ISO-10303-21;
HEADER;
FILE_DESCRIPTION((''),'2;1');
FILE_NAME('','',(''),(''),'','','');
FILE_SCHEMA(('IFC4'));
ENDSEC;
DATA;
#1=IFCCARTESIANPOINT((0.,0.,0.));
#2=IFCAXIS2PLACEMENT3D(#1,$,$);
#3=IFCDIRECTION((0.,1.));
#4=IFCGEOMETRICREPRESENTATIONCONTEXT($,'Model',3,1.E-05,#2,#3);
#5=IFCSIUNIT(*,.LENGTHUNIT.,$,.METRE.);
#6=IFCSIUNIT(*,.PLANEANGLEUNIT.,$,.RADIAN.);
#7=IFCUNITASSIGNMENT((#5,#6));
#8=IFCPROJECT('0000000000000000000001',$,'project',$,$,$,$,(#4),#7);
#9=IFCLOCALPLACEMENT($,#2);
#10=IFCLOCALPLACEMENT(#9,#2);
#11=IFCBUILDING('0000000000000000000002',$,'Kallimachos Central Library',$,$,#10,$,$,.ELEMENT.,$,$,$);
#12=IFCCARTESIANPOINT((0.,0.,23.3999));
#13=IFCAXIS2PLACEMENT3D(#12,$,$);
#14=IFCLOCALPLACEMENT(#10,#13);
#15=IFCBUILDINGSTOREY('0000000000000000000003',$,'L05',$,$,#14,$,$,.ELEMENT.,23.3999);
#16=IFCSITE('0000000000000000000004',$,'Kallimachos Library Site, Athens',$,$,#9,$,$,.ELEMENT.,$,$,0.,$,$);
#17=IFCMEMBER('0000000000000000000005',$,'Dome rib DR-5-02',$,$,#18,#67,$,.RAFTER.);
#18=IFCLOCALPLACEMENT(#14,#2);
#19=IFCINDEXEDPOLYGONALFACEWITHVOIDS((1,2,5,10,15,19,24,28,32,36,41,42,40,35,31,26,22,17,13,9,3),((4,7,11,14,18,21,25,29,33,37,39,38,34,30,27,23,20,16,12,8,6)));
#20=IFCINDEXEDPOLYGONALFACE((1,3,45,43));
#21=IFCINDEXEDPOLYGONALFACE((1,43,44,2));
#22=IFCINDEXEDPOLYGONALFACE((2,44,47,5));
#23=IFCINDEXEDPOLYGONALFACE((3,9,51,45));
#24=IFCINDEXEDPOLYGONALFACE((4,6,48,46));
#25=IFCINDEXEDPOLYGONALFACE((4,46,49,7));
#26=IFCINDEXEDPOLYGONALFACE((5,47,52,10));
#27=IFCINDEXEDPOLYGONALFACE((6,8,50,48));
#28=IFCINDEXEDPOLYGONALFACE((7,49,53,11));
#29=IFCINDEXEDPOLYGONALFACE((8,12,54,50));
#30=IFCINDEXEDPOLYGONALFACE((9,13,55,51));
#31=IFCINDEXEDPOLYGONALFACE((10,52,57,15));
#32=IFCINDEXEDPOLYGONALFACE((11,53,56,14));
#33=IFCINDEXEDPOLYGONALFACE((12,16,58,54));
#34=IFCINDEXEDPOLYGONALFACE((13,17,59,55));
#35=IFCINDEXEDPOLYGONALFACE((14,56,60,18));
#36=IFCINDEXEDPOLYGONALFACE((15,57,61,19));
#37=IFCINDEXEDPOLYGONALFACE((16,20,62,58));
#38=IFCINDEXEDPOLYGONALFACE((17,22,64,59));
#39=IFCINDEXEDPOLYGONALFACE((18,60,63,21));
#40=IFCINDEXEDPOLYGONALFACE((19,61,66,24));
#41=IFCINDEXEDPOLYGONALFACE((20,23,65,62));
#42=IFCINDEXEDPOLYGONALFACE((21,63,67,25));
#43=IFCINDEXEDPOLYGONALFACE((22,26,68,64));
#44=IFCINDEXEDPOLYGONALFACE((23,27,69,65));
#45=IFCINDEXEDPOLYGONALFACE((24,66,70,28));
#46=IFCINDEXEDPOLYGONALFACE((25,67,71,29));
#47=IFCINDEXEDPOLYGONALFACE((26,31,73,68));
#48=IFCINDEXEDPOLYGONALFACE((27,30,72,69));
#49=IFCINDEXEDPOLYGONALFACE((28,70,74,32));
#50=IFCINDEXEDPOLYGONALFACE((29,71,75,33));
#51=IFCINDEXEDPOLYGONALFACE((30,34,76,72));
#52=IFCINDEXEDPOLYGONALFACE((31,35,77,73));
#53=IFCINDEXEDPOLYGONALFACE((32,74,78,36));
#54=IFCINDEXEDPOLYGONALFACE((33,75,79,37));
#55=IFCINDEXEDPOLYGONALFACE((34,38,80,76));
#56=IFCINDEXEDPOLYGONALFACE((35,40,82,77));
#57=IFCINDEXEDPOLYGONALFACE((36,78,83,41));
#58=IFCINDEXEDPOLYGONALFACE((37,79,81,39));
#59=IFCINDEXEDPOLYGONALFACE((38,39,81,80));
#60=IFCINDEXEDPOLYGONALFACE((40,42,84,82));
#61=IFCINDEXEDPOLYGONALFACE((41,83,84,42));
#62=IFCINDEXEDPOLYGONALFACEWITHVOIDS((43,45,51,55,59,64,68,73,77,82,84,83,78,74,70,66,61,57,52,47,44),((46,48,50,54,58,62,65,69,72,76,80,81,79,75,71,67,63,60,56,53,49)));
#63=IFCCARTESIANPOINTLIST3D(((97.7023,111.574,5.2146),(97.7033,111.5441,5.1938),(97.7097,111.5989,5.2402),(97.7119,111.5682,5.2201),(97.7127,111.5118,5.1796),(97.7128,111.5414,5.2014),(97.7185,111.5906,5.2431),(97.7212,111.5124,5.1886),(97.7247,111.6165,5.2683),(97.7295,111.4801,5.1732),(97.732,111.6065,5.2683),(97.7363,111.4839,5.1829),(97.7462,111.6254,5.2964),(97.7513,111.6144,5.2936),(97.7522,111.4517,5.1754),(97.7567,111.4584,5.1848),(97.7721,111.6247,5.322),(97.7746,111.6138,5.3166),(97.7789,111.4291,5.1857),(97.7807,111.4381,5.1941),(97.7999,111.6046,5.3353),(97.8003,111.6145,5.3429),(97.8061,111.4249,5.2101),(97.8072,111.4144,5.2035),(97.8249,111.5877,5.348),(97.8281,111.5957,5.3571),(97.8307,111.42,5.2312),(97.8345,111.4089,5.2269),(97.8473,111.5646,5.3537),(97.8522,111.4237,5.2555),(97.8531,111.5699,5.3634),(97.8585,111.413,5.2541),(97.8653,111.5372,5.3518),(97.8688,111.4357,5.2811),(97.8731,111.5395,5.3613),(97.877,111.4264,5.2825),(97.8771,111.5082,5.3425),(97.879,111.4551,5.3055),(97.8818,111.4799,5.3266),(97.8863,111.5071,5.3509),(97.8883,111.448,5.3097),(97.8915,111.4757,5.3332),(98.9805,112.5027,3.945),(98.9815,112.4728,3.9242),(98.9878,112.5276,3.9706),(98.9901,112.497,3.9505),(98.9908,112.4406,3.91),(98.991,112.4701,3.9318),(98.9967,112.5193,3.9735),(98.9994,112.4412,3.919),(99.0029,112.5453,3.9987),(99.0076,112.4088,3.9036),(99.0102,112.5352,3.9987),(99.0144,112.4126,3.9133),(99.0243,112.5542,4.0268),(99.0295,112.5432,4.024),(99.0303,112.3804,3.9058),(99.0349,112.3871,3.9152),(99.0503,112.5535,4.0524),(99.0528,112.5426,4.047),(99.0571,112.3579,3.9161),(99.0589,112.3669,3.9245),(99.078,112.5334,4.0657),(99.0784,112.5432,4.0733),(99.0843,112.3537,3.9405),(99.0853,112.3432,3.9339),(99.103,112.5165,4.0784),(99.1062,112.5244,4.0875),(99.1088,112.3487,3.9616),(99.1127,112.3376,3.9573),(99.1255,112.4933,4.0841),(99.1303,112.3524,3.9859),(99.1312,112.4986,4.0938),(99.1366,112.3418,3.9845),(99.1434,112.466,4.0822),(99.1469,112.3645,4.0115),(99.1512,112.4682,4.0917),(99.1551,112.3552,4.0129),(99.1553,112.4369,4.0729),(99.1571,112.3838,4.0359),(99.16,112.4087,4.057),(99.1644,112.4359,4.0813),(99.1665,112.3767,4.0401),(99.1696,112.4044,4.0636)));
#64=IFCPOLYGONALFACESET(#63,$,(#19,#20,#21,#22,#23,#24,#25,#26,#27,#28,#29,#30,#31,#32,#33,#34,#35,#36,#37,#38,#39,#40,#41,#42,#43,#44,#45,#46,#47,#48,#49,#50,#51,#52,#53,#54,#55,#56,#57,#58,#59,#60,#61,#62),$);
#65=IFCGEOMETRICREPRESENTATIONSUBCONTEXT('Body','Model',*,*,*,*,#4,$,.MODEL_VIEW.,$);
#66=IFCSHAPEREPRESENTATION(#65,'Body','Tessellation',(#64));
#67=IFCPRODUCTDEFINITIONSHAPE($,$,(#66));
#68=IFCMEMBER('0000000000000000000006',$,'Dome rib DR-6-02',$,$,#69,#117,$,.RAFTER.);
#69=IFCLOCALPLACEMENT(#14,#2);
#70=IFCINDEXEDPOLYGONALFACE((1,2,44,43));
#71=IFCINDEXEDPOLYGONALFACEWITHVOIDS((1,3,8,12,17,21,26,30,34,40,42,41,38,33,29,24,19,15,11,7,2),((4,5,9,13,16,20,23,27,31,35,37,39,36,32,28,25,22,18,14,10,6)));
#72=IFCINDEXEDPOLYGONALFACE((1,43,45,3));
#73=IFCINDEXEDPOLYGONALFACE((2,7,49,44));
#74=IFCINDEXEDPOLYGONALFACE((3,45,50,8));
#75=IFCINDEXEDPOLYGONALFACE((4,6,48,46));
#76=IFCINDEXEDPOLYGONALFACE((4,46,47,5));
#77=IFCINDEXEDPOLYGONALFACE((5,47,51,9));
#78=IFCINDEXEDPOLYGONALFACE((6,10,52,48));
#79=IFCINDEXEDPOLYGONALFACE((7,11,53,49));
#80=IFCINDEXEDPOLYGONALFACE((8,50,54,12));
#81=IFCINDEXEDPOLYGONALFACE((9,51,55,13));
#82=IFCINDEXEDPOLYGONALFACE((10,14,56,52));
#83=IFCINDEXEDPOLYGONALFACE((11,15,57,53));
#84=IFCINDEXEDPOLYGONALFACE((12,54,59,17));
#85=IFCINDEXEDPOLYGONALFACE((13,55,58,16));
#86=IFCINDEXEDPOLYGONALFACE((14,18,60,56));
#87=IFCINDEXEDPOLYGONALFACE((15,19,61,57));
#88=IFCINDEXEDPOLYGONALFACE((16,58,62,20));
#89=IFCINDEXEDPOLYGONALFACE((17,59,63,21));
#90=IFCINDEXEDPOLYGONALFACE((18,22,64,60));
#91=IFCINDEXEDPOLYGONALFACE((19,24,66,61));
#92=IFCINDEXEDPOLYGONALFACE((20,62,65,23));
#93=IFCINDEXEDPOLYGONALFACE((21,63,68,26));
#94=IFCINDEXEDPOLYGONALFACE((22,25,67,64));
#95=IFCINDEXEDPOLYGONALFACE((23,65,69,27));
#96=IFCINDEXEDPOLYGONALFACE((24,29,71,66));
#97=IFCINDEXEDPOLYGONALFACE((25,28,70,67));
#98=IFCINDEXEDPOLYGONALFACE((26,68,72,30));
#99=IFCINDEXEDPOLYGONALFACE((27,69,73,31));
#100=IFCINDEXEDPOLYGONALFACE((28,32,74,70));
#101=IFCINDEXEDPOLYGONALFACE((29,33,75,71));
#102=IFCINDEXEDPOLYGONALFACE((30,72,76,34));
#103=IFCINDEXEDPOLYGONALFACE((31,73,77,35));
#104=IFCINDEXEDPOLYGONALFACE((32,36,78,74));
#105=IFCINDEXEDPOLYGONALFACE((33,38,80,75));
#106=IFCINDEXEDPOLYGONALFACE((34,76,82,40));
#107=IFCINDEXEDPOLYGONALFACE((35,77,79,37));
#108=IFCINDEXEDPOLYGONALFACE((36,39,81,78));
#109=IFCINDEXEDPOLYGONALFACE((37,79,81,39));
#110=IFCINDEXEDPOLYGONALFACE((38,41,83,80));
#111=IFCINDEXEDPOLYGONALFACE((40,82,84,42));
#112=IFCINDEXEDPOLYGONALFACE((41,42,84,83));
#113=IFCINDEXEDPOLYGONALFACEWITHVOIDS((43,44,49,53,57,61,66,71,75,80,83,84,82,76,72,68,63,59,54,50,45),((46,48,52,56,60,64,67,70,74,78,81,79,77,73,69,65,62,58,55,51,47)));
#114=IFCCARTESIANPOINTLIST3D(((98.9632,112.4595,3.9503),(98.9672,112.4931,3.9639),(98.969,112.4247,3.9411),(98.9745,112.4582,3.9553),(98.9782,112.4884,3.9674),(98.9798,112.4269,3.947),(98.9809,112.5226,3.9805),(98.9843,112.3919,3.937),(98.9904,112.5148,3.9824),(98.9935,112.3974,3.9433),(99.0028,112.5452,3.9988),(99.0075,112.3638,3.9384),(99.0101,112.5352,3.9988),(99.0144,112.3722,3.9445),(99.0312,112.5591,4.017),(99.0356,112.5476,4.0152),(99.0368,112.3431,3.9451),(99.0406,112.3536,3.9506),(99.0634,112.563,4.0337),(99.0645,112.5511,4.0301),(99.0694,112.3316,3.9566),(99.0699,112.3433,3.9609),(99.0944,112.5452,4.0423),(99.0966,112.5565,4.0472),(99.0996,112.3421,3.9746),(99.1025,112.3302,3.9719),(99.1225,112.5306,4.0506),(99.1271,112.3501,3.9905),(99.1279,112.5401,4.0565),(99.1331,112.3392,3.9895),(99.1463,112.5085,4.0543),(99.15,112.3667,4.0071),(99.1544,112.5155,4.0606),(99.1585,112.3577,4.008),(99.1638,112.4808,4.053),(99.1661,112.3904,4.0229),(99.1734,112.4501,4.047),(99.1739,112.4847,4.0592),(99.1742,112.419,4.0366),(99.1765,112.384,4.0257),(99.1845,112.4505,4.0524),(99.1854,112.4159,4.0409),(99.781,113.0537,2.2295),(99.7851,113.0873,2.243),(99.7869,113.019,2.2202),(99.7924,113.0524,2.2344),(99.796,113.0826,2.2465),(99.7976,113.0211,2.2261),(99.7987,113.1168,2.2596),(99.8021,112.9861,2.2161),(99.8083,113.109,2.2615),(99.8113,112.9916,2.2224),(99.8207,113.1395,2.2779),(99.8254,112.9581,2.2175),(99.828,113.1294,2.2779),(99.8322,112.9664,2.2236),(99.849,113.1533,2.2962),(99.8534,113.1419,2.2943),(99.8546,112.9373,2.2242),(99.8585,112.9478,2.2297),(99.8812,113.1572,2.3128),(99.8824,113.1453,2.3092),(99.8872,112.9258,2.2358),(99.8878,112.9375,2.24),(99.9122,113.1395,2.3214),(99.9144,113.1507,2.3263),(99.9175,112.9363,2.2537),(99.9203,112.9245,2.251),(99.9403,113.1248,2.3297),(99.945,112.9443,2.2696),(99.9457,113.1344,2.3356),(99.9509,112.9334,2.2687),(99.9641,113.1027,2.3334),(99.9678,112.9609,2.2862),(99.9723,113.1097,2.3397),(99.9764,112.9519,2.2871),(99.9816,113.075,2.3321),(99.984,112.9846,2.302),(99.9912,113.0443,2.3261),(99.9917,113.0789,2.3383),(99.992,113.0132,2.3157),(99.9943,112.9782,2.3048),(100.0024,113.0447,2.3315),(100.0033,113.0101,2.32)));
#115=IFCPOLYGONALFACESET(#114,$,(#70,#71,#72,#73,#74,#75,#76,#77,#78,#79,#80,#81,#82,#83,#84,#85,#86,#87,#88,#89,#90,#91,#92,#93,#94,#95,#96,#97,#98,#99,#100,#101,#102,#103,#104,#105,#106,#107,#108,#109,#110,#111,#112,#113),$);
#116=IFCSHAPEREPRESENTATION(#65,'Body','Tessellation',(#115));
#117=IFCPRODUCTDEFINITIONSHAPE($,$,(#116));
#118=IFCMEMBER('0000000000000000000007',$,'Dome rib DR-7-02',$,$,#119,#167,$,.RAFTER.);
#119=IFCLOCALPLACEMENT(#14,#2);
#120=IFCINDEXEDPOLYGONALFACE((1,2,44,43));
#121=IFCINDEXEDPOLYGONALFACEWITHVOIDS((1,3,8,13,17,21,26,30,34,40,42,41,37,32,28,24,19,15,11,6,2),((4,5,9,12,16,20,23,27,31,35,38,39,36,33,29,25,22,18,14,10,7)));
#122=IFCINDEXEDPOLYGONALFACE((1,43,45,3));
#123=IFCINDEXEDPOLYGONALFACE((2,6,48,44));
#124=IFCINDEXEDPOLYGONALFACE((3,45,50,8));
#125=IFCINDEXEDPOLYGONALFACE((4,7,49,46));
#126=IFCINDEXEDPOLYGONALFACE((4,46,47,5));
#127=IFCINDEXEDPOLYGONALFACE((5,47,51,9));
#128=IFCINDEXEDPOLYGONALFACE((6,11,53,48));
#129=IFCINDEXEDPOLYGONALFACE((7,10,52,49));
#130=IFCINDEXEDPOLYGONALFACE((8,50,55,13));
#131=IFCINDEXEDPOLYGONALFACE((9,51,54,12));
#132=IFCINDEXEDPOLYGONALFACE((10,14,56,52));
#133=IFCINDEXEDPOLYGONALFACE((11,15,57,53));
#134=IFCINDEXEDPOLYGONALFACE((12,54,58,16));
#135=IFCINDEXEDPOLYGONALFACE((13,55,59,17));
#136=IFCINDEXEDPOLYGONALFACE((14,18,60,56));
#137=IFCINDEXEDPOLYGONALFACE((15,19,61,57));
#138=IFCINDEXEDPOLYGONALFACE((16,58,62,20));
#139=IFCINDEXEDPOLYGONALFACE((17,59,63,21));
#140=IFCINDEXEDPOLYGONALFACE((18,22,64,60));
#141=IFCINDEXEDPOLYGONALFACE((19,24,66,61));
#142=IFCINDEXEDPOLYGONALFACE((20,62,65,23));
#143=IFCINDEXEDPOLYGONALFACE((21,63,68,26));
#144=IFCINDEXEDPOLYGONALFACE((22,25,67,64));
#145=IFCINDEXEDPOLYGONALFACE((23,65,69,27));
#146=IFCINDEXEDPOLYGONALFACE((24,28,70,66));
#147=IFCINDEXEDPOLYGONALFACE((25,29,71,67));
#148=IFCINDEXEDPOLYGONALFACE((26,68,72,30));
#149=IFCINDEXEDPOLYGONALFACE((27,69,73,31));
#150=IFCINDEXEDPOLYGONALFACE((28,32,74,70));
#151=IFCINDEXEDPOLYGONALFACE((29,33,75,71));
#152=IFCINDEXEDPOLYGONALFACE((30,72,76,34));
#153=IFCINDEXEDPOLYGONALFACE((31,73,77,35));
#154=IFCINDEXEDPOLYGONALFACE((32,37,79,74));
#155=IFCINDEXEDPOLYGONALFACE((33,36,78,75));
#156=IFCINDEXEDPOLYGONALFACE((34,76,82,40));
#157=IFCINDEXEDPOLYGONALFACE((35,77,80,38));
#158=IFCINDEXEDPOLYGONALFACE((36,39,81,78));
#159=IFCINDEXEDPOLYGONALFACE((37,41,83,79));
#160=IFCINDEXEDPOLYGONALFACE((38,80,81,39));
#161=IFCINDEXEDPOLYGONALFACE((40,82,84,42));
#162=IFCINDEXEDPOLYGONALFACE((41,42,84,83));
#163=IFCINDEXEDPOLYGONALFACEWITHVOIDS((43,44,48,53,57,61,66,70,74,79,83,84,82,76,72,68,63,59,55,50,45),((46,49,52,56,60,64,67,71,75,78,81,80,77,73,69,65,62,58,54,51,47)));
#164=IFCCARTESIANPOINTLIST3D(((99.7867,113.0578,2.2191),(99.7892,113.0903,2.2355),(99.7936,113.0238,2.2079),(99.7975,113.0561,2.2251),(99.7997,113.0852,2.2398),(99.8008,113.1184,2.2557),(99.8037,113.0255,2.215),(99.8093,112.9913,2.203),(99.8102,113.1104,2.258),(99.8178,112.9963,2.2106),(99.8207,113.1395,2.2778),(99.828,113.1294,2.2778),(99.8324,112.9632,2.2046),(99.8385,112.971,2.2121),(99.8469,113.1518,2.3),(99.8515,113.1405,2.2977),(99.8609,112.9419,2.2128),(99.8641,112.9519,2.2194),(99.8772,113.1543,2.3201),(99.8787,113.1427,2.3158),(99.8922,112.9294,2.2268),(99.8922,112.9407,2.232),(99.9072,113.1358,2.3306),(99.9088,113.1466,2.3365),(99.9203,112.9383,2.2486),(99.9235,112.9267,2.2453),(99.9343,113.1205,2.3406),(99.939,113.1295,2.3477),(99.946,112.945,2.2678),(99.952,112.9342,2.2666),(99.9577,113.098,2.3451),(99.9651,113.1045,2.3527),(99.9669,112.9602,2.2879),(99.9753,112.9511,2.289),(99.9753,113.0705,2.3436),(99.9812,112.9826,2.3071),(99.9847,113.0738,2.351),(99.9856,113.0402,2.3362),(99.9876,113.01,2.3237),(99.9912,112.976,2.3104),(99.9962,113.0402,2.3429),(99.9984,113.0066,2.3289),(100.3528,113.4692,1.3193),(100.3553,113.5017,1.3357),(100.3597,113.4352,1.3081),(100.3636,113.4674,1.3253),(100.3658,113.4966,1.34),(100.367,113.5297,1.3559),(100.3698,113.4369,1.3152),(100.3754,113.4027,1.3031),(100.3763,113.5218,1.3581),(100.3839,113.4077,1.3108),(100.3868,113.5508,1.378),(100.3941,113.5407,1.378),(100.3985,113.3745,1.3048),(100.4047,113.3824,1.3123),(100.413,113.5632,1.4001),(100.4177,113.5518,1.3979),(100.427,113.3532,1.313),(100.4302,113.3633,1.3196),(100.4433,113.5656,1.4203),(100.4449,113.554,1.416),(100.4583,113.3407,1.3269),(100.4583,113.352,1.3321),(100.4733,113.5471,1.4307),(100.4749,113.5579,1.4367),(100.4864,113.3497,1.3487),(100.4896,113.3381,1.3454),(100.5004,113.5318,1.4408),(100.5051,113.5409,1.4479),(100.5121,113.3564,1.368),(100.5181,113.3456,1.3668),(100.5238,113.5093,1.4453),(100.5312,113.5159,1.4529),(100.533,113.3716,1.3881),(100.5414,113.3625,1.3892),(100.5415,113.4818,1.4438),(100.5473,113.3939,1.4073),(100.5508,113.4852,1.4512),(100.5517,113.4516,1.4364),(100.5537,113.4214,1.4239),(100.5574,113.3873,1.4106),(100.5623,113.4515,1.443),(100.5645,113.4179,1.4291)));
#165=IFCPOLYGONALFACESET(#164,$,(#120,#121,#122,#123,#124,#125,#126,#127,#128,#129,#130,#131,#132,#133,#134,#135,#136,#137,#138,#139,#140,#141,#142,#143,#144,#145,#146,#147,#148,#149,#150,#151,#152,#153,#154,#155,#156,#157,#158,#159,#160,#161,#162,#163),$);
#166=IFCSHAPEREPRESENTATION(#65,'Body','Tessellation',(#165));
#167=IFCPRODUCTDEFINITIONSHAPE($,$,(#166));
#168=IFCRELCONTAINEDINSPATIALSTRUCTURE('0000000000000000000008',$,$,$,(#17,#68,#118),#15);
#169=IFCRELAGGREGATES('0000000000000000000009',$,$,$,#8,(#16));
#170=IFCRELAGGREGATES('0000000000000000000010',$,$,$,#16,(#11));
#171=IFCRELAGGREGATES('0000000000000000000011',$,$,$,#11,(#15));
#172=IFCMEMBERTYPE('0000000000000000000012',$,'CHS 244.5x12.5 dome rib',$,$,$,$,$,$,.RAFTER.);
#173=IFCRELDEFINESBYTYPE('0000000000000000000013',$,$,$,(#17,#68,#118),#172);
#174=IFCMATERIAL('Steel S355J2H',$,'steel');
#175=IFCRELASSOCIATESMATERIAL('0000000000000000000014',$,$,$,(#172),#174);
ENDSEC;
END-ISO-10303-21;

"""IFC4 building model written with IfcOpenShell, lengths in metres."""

from ifc_helpers import new_model, si_unit, direction, frame, origin, origin_2d, place, context, subcontext, project, spatial, hollow_circle, extrude, material, material_profile, profile_set, type_object, element, save


model = new_model("IFC4")

# Units and contexts
model_context = context("Model", 3, precision=1e-05, world=origin(), true_north=direction((0.0, 1.0)))
body_context = subcontext(model_context, "Body", "Model", "MODEL_VIEW")
ifc_project = project(units=[si_unit("LENGTHUNIT", "METRE"), si_unit("PLANEANGLEUNIT", "RADIAN")], contexts=[model_context])

# Site, building, storey
site_placement = place(None, origin())
site = spatial("IfcSite", under=ifc_project, at=site_placement, Name="Kallimachos Library Site, Athens", CompositionType="ELEMENT", RefElevation=0.0)
building_placement = place(site_placement, origin())
building = spatial("IfcBuilding", under=site, at=building_placement, Name="Kallimachos Central Library", CompositionType="ELEMENT")
storey_placement = place(building_placement, frame((0.0, 0.0, 23.3999)))
storey = spatial("IfcBuildingStorey", under=building, at=storey_placement, Name="L05", CompositionType="ELEMENT", Elevation=23.3999)

# Members
ifc_material_1 = material(Name="Steel S355J2H", Category="steel")
ifc_material_profile_1 = material_profile(ifc_material_1, hollow_circle(Radius=0.1223, WallThickness=0.0125, at=origin_2d()), Name="CHS 244.5x12.5")
ifc_profile_set_1 = profile_set([ifc_material_profile_1], Name="Steel S355J2H")
member_type_1 = type_object("IfcMemberType", Name="CHS 244.5x12.5 dome rib", PredefinedType="RAFTER", material=ifc_profile_set_1)
for number, where, z_axis, x_axis, name in (
    (1, (97.7966, 111.5176, 5.2683), (0.630606, 0.458228, -0.626389), (-0.587841, 0.808977, 0.0), "Dome rib DR-5-02"),
):
    element("IfcMember", number, at=place(storey_placement, frame(where, z_axis=z_axis, x_axis=x_axis)), inside=storey, type_object=member_type_1, Name=name, PredefinedType="RAFTER", context=body_context, shape_type="SweptSolid", body=[
        extrude(hollow_circle(Radius=0.1223, WallThickness=0.0125, at=origin_2d()), origin(), (0.0, 0.0, 1.0), 2.0269),
    ])
member_1_placement = place(storey_placement, frame((99.0747, 112.4463, 3.9988), z_axis=(0.409772, 0.297727, -0.862233), x_axis=(-0.587798, 0.809008, 0.0)))
element("IfcMember", 2, at=member_1_placement, inside=storey, type_object=member_type_1, Name="Dome rib DR-6-02", PredefinedType="RAFTER", context=body_context, shape_type="SweptSolid", body=[
    extrude(hollow_circle(Radius=0.1223, WallThickness=0.0125, at=origin_2d()), origin(), (0.0, 0.0, 1.0), 1.9958),
])
member_2_placement = place(storey_placement, frame((99.8926, 113.0405, 2.2778), z_axis=(0.496634, 0.360858, -0.78939), x_axis=(-0.587819, 0.808992, 0.0)))
element("IfcMember", 3, at=member_2_placement, inside=storey, type_object=member_type_1, Name="Dome rib DR-7-02", PredefinedType="RAFTER", context=body_context, shape_type="SweptSolid", body=[
    extrude(hollow_circle(Radius=0.1223, WallThickness=0.0125, at=origin_2d()), origin(), (0.0, 0.0, 1.0), 1.1399),
])

save(model, "model.ifc")
